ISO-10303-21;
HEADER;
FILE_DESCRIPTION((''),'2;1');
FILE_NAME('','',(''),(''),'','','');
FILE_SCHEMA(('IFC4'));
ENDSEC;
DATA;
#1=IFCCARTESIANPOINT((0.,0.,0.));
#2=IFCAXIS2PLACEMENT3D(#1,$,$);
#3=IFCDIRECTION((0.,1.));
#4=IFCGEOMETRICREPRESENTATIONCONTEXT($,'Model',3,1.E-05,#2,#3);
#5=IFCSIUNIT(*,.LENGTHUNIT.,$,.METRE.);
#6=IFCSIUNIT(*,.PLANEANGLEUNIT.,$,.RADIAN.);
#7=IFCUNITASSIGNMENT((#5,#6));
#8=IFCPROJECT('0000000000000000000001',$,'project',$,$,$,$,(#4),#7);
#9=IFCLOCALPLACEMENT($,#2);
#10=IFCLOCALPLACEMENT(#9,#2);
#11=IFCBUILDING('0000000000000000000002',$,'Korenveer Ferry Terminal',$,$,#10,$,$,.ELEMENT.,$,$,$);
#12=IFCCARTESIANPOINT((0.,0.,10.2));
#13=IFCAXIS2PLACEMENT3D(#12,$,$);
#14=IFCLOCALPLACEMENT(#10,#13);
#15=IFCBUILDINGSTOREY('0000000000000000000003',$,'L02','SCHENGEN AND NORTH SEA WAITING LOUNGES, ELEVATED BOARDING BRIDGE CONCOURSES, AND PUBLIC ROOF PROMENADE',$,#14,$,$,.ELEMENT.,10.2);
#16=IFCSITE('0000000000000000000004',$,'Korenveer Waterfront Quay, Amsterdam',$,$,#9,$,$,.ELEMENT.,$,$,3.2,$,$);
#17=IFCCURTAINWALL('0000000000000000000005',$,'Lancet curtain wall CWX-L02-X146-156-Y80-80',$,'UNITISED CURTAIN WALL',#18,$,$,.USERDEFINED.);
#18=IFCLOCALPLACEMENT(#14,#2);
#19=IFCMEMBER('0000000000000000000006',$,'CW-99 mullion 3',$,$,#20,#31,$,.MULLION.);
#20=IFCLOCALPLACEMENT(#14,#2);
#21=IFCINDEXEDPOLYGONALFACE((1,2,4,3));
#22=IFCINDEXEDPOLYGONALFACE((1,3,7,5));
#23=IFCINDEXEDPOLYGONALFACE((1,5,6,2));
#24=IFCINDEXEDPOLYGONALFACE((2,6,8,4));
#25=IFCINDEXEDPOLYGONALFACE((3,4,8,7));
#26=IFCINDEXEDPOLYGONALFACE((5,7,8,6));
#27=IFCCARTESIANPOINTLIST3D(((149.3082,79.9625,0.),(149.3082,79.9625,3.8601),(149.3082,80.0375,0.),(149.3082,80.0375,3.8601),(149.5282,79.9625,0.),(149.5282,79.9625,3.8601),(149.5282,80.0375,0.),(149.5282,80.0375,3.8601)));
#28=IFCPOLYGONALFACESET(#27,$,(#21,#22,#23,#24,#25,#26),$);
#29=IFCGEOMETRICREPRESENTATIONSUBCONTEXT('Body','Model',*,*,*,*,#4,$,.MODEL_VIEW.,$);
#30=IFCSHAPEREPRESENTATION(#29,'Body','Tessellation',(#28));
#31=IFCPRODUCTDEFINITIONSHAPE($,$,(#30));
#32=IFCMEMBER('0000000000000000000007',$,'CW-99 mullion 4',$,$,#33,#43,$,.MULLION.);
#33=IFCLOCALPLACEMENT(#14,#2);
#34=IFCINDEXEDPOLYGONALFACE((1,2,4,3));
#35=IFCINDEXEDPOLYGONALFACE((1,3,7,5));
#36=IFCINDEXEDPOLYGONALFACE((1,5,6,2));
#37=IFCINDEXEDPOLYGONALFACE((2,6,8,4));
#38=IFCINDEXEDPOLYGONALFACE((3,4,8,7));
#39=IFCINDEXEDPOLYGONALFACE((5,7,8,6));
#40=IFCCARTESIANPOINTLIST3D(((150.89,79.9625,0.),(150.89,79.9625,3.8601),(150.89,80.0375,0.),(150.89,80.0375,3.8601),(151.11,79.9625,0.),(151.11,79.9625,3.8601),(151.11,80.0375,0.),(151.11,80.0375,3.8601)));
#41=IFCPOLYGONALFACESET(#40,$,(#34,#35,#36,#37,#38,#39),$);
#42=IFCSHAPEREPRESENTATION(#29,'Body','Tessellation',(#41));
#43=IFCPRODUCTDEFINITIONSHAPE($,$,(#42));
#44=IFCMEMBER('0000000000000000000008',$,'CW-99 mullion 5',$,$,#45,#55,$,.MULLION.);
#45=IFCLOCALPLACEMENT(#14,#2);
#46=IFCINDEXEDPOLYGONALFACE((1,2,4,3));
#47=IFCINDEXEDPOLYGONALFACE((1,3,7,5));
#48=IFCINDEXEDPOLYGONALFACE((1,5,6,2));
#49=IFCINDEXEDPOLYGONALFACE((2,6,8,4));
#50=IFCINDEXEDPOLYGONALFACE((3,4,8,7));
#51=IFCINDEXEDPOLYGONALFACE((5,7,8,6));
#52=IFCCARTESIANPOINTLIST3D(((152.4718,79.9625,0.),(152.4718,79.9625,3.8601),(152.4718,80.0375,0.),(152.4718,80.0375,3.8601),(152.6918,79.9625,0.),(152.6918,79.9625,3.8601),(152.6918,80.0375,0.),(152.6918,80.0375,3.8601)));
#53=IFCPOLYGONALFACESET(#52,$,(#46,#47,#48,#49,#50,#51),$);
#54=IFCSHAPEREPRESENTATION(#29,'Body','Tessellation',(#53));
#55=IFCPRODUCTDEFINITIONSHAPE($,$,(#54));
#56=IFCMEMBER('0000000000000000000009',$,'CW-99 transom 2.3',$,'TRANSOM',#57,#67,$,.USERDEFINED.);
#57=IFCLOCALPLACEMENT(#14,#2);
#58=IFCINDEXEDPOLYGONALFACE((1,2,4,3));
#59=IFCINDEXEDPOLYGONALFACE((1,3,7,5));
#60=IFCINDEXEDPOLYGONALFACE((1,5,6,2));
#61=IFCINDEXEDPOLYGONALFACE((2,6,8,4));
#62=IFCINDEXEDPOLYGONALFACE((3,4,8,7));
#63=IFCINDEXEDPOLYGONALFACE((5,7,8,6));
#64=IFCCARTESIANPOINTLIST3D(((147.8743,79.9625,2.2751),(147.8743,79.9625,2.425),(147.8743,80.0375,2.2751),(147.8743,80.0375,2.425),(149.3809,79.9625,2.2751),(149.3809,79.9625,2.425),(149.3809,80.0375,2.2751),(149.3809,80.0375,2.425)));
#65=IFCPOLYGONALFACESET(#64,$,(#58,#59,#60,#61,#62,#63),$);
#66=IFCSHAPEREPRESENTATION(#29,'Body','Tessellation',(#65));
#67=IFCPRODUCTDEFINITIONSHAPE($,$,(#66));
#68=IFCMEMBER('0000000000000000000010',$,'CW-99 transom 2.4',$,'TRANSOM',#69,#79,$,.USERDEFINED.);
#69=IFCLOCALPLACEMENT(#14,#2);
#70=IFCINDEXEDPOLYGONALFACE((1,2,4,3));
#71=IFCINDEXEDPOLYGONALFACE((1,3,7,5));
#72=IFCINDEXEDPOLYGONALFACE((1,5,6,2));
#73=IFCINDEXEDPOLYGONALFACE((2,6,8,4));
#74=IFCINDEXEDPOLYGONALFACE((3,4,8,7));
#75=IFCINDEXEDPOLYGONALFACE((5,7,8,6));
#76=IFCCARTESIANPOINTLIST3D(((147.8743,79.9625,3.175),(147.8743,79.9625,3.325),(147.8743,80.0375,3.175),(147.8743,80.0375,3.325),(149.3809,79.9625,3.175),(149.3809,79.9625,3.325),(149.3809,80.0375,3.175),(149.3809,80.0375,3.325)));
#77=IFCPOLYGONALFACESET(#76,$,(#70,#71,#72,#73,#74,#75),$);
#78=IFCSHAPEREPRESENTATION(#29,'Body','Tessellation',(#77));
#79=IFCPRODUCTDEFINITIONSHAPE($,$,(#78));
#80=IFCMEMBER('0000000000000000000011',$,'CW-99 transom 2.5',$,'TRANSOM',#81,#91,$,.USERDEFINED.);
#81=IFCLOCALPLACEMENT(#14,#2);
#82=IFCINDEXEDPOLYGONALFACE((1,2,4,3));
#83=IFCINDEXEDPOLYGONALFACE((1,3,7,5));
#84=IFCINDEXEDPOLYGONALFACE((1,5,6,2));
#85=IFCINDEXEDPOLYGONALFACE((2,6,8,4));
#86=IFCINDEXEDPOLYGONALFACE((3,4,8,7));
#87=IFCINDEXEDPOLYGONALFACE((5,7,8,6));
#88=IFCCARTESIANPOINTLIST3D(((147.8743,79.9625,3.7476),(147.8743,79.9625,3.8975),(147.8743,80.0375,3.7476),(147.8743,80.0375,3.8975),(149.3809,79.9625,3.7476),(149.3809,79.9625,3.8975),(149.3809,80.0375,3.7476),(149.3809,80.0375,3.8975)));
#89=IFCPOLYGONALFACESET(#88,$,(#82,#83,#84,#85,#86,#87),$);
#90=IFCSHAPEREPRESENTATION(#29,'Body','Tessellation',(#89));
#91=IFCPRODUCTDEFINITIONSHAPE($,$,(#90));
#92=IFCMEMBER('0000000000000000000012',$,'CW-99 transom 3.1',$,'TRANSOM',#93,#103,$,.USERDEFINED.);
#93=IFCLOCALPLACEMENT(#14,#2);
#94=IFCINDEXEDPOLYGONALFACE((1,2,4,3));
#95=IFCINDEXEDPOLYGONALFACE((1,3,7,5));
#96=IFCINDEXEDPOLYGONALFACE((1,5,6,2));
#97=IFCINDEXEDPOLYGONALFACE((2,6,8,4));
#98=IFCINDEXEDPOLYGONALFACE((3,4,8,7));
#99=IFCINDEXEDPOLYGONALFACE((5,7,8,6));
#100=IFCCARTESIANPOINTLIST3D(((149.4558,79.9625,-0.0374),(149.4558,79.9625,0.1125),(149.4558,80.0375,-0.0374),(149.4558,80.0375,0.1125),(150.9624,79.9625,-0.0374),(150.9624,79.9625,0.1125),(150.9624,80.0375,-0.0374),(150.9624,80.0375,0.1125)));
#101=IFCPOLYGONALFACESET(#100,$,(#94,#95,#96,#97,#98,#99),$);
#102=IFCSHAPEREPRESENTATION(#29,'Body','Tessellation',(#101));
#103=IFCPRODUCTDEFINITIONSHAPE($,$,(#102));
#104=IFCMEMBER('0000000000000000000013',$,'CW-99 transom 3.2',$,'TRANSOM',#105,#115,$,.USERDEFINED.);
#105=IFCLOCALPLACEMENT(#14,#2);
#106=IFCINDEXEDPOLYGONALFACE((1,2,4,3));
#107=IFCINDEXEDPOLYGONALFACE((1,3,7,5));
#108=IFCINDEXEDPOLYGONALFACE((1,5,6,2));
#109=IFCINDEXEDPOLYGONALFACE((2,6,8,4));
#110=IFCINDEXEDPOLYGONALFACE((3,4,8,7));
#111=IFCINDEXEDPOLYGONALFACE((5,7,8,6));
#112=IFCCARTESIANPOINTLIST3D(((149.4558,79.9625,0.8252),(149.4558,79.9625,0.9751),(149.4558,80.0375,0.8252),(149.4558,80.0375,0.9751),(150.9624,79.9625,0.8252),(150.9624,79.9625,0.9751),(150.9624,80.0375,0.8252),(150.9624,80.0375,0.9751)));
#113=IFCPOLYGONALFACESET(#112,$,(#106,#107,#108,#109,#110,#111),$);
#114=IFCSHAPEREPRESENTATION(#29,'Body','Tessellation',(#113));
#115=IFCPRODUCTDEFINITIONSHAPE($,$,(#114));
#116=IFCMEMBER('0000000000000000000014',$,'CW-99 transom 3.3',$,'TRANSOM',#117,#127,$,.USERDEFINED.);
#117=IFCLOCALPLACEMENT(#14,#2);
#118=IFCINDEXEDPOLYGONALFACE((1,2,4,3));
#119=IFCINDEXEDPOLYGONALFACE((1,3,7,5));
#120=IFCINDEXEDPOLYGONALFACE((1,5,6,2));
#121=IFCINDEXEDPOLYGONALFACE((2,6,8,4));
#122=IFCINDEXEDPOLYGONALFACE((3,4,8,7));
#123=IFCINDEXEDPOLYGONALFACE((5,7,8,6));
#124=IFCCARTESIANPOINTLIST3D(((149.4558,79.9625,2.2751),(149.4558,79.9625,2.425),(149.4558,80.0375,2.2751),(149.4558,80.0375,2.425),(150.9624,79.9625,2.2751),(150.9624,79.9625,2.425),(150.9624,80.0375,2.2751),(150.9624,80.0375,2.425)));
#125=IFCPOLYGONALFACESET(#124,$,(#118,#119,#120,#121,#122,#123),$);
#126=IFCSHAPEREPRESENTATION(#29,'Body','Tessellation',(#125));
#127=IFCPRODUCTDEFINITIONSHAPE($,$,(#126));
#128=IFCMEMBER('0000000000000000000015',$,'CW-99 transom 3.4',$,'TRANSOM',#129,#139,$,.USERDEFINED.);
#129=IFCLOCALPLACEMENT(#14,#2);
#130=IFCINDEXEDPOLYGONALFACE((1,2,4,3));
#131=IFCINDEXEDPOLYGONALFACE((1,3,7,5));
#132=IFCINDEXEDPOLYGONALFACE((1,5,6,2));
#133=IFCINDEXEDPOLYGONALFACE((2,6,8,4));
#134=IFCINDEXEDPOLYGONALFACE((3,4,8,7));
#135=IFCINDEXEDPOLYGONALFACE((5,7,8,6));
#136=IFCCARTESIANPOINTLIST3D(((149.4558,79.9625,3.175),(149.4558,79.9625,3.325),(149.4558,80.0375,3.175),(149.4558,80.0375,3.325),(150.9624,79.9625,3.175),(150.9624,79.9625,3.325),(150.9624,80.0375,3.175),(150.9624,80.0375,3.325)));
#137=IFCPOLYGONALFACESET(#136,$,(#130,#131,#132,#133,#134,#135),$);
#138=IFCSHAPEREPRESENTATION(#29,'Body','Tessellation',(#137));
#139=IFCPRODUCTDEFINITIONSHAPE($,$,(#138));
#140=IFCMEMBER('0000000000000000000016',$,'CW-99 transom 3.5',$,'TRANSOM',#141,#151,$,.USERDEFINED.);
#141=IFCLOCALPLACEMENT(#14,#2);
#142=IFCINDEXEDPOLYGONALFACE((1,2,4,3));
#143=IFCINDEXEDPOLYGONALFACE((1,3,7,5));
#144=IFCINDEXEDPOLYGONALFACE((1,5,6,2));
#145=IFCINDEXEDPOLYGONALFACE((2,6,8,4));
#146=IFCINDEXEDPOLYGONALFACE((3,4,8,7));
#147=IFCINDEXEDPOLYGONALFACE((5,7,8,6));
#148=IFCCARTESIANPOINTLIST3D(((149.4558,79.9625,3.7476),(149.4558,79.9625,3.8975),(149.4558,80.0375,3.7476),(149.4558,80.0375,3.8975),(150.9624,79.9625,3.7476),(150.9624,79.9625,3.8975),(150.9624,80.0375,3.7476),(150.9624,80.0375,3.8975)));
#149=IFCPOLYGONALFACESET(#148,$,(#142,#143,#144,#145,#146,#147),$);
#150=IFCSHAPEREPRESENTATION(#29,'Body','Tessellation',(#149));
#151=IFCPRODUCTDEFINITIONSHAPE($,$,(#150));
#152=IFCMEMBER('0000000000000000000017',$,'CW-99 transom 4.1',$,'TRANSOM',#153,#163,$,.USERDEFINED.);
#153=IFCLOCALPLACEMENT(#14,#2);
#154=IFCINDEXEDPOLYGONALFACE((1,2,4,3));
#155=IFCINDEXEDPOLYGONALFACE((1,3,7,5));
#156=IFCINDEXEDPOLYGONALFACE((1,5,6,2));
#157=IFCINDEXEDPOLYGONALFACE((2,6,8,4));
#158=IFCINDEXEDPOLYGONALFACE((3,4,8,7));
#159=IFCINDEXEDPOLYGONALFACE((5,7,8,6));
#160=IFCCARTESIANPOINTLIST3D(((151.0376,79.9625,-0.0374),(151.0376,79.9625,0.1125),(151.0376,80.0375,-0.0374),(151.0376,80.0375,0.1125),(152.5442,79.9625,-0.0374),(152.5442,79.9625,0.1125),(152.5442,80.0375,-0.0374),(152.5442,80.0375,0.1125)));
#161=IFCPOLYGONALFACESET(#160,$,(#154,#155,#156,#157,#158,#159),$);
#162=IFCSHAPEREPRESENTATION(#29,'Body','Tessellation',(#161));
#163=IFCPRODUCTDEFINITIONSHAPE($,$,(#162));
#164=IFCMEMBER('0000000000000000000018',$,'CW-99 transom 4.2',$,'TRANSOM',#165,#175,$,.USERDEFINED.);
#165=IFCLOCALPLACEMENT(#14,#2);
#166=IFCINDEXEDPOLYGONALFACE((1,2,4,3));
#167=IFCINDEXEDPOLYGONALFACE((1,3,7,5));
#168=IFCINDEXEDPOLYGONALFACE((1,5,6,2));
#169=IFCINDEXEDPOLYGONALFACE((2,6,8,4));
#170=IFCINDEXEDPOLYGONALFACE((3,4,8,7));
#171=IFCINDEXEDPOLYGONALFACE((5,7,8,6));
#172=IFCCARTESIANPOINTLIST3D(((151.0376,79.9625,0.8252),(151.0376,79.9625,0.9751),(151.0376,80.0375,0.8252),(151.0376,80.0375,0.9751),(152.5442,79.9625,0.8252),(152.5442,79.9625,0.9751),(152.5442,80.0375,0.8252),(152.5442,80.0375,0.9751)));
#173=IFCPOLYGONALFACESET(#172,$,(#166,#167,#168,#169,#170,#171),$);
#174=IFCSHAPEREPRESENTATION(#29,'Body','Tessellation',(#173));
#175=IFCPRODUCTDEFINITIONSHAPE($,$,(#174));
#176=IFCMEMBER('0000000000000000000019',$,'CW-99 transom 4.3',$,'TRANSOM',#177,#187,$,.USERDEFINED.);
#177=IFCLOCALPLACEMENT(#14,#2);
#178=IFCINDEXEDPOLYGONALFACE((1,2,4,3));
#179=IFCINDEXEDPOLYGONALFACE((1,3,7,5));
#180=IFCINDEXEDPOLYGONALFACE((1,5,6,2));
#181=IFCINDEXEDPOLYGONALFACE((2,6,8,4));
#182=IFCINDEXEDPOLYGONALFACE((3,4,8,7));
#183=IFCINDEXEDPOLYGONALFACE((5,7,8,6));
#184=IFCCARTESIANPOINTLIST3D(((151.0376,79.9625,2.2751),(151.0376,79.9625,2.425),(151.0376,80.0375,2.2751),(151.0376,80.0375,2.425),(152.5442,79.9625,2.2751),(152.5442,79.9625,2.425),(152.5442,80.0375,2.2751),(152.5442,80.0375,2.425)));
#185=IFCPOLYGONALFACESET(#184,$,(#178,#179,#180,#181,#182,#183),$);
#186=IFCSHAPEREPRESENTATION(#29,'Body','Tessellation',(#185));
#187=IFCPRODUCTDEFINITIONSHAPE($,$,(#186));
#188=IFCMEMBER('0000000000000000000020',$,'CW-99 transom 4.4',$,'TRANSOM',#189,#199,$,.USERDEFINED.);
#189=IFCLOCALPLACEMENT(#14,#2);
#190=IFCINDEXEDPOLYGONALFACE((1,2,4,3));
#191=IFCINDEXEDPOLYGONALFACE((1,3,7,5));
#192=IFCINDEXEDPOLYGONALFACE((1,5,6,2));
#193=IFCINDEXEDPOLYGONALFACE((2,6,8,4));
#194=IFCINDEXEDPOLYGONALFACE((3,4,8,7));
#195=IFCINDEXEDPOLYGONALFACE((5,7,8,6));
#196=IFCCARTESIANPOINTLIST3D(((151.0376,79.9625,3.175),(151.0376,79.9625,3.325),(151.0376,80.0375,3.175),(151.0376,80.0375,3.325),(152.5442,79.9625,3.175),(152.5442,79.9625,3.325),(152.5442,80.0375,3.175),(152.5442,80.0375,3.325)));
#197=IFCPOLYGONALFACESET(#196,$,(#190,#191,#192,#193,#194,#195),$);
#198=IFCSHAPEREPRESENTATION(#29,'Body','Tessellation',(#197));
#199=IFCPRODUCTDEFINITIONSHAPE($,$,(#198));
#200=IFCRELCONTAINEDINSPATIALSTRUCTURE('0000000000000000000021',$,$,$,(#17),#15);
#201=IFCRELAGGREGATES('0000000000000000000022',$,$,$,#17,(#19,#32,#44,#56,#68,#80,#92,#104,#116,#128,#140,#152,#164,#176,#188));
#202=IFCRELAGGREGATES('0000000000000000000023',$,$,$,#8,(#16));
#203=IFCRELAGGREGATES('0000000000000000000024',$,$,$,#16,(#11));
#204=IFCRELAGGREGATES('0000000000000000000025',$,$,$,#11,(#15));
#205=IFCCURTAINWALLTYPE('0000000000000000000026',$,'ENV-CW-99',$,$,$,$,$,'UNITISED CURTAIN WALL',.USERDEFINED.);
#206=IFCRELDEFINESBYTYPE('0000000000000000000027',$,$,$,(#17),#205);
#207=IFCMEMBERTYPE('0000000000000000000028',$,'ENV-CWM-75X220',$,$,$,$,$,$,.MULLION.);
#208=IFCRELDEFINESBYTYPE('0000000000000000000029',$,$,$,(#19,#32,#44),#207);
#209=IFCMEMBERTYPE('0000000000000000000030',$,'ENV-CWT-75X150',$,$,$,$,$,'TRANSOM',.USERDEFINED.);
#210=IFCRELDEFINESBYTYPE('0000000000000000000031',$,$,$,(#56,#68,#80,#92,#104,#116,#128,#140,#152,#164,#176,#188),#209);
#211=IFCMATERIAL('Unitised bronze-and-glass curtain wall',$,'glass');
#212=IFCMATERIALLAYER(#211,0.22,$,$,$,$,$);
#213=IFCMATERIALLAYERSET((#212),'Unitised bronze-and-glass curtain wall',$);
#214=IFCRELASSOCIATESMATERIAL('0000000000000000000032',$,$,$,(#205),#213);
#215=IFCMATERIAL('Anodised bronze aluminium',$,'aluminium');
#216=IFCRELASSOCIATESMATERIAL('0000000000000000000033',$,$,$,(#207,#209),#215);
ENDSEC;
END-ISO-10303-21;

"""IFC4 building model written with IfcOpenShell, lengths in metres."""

from ifc_helpers import new_model, si_unit, direction, frame, origin, origin_2d, place, context, subcontext, project, spatial, rectangle, extrude, material, layer, layer_set, material_profile, profile_set, type_object, element, aggregate, save


model = new_model("IFC4")

# Units and contexts
model_context = context("Model", 3, precision=1e-05, world=origin(), true_north=direction((0.0, 1.0)))
body_context = subcontext(model_context, "Body", "Model", "MODEL_VIEW")
ifc_project = project(units=[si_unit("LENGTHUNIT", "METRE"), si_unit("PLANEANGLEUNIT", "RADIAN")], contexts=[model_context])

# Site, building, storey
site_placement = place(None, origin())
site = spatial("IfcSite", under=ifc_project, at=site_placement, Name="Korenveer Waterfront Quay, Amsterdam", CompositionType="ELEMENT", RefElevation=3.2)
building_placement = place(site_placement, origin())
building = spatial("IfcBuilding", under=site, at=building_placement, Name="Korenveer Ferry Terminal", CompositionType="ELEMENT")
storey_placement = place(building_placement, frame((0.0, 0.0, 10.2)))
storey = spatial("IfcBuildingStorey", under=building, at=storey_placement, Name="L02", Description="SCHENGEN AND NORTH SEA WAITING LOUNGES, ELEVATED BOARDING BRIDGE CONCOURSES, AND PUBLIC ROOF PROMENADE", CompositionType="ELEMENT", Elevation=10.2)

# Curtain wall, members
ifc_material_1 = material(Name="Unitised bronze-and-glass curtain wall", Category="glass")
ifc_layer_1 = layer(ifc_material_1, 0.22)
ifc_layer_set_1 = layer_set([ifc_layer_1], Name="Unitised bronze-and-glass curtain wall")
curtain_wall_type = type_object("IfcCurtainWallType", Name="ENV-CW-99", ElementType="UNITISED CURTAIN WALL", PredefinedType="USERDEFINED", material=ifc_layer_set_1)
curtain_wall_placement = place(storey_placement, frame((146.2549, 80.0, 0.0)))
curtain_wall = element("IfcCurtainWall", 1, at=curtain_wall_placement, inside=storey, type_object=curtain_wall_type, Name="Lancet curtain wall CWX-L02-X146-156-Y80-80", ObjectType="UNITISED CURTAIN WALL", PredefinedType="USERDEFINED")
ifc_material_2 = material(Name="Anodised bronze aluminium", Category="aluminium")
ifc_material_profile_1 = material_profile(ifc_material_2, rectangle(XDim=0.075, YDim=0.22, at=origin_2d()), Name="ALU 75x220")
ifc_profile_set_1 = profile_set([ifc_material_profile_1], Name="Anodised bronze aluminium")
member_type_1 = type_object("IfcMemberType", Name="ENV-CWM-75X220", PredefinedType="MULLION", material=ifc_profile_set_1)
member_1_placement = place(storey_placement, frame((149.4182, 80.0, 0.0), z_axis=(0.0, 0.0, 1.0), x_axis=(0.0, 1.0, 0.0)))
member_1 = element("IfcMember", 2, at=member_1_placement, type_object=member_type_1, Name="CW-99 mullion 3", PredefinedType="MULLION", context=body_context, shape_type="SweptSolid", body=[
    extrude(rectangle(XDim=0.075, YDim=0.22, at=origin_2d()), origin(), (0.0, 0.0, 1.0), 3.8601),
])
member_2_placement = place(storey_placement, frame((151.0, 80.0, 0.0), z_axis=(0.0, 0.0, 1.0), x_axis=(0.0, 1.0, 0.0)))
member_2 = element("IfcMember", 3, at=member_2_placement, type_object=member_type_1, Name="CW-99 mullion 4", PredefinedType="MULLION", context=body_context, shape_type="SweptSolid", body=[
    extrude(rectangle(XDim=0.075, YDim=0.22, at=origin_2d()), origin(), (0.0, 0.0, 1.0), 3.8601),
])
member_3_placement = place(storey_placement, frame((152.5818, 80.0, 0.0), z_axis=(0.0, 0.0, 1.0), x_axis=(0.0, 1.0, 0.0)))
member_3 = element("IfcMember", 4, at=member_3_placement, type_object=member_type_1, Name="CW-99 mullion 5", PredefinedType="MULLION", context=body_context, shape_type="SweptSolid", body=[
    extrude(rectangle(XDim=0.075, YDim=0.22, at=origin_2d()), origin(), (0.0, 0.0, 1.0), 3.8601),
])
ifc_material_profile_2 = material_profile(ifc_material_2, rectangle(XDim=0.075, YDim=0.1499, at=origin_2d()), Name="ALU 75x150")
ifc_profile_set_2 = profile_set([ifc_material_profile_2], Name="Anodised bronze aluminium")
member_type_2 = type_object("IfcMemberType", Name="ENV-CWT-75X150", ElementType="TRANSOM", PredefinedType="USERDEFINED", material=ifc_profile_set_2)
member_4_placement = place(storey_placement, frame((147.8743, 80.0, 2.3501), z_axis=(1.0, 0.0, 0.0), x_axis=(0.0, 1.0, 0.0)))
member_4 = element("IfcMember", 5, at=member_4_placement, type_object=member_type_2, Name="CW-99 transom 2.3", ObjectType="TRANSOM", PredefinedType="USERDEFINED", context=body_context, shape_type="SweptSolid", body=[
    extrude(rectangle(XDim=0.075, YDim=0.1499, at=origin_2d()), origin(), (0.0, 0.0, 1.0), 1.5066),
])
member_5_placement = place(storey_placement, frame((147.8743, 80.0, 3.25), z_axis=(1.0, 0.0, 0.0), x_axis=(0.0, 1.0, 0.0)))
member_5 = element("IfcMember", 6, at=member_5_placement, type_object=member_type_2, Name="CW-99 transom 2.4", ObjectType="TRANSOM", PredefinedType="USERDEFINED", context=body_context, shape_type="SweptSolid", body=[
    extrude(rectangle(XDim=0.075, YDim=0.1499, at=origin_2d()), origin(), (0.0, 0.0, 1.0), 1.5066),
])
member_6_placement = place(storey_placement, frame((147.8743, 80.0, 3.8225), z_axis=(1.0, 0.0, 0.0), x_axis=(0.0, 1.0, 0.0)))
member_6 = element("IfcMember", 7, at=member_6_placement, type_object=member_type_2, Name="CW-99 transom 2.5", ObjectType="TRANSOM", PredefinedType="USERDEFINED", context=body_context, shape_type="SweptSolid", body=[
    extrude(rectangle(XDim=0.075, YDim=0.1499, at=origin_2d()), origin(), (0.0, 0.0, 1.0), 1.5066),
])
member_7_placement = place(storey_placement, frame((149.4558, 80.0, 0.0376), z_axis=(1.0, 0.0, 0.0), x_axis=(0.0, 1.0, 0.0)))
member_7 = element("IfcMember", 8, at=member_7_placement, type_object=member_type_2, Name="CW-99 transom 3.1", ObjectType="TRANSOM", PredefinedType="USERDEFINED", context=body_context, shape_type="SweptSolid", body=[
    extrude(rectangle(XDim=0.075, YDim=0.1499, at=origin_2d()), origin(), (0.0, 0.0, 1.0), 1.5066),
])
member_8_placement = place(storey_placement, frame((149.4558, 80.0, 0.9001), z_axis=(1.0, 0.0, 0.0), x_axis=(0.0, 1.0, 0.0)))
member_8 = element("IfcMember", 9, at=member_8_placement, type_object=member_type_2, Name="CW-99 transom 3.2", ObjectType="TRANSOM", PredefinedType="USERDEFINED", context=body_context, shape_type="SweptSolid", body=[
    extrude(rectangle(XDim=0.075, YDim=0.1499, at=origin_2d()), origin(), (0.0, 0.0, 1.0), 1.5066),
])
member_9_placement = place(storey_placement, frame((149.4558, 80.0, 2.3501), z_axis=(1.0, 0.0, 0.0), x_axis=(0.0, 1.0, 0.0)))
member_9 = element("IfcMember", 10, at=member_9_placement, type_object=member_type_2, Name="CW-99 transom 3.3", ObjectType="TRANSOM", PredefinedType="USERDEFINED", context=body_context, shape_type="SweptSolid", body=[
    extrude(rectangle(XDim=0.075, YDim=0.1499, at=origin_2d()), origin(), (0.0, 0.0, 1.0), 1.5066),
])
member_10_placement = place(storey_placement, frame((149.4558, 80.0, 3.25), z_axis=(1.0, 0.0, 0.0), x_axis=(0.0, 1.0, 0.0)))
member_10 = element("IfcMember", 11, at=member_10_placement, type_object=member_type_2, Name="CW-99 transom 3.4", ObjectType="TRANSOM", PredefinedType="USERDEFINED", context=body_context, shape_type="SweptSolid", body=[
    extrude(rectangle(XDim=0.075, YDim=0.1499, at=origin_2d()), origin(), (0.0, 0.0, 1.0), 1.5066),
])
member_11_placement = place(storey_placement, frame((149.4558, 80.0, 3.8225), z_axis=(1.0, 0.0, 0.0), x_axis=(0.0, 1.0, 0.0)))
member_11 = element("IfcMember", 12, at=member_11_placement, type_object=member_type_2, Name="CW-99 transom 3.5", ObjectType="TRANSOM", PredefinedType="USERDEFINED", context=body_context, shape_type="SweptSolid", body=[
    extrude(rectangle(XDim=0.075, YDim=0.1499, at=origin_2d()), origin(), (0.0, 0.0, 1.0), 1.5066),
])
member_12_placement = place(storey_placement, frame((151.0376, 80.0, 0.0376), z_axis=(1.0, 0.0, 0.0), x_axis=(0.0, 1.0, 0.0)))
member_12 = element("IfcMember", 13, at=member_12_placement, type_object=member_type_2, Name="CW-99 transom 4.1", ObjectType="TRANSOM", PredefinedType="USERDEFINED", context=body_context, shape_type="SweptSolid", body=[
    extrude(rectangle(XDim=0.075, YDim=0.1499, at=origin_2d()), origin(), (0.0, 0.0, 1.0), 1.5066),
])
member_13_placement = place(storey_placement, frame((151.0376, 80.0, 0.9001), z_axis=(1.0, 0.0, 0.0), x_axis=(0.0, 1.0, 0.0)))
member_13 = element("IfcMember", 14, at=member_13_placement, type_object=member_type_2, Name="CW-99 transom 4.2", ObjectType="TRANSOM", PredefinedType="USERDEFINED", context=body_context, shape_type="SweptSolid", body=[
    extrude(rectangle(XDim=0.075, YDim=0.1499, at=origin_2d()), origin(), (0.0, 0.0, 1.0), 1.5066),
])
member_14_placement = place(storey_placement, frame((151.0376, 80.0, 2.3501), z_axis=(1.0, 0.0, 0.0), x_axis=(0.0, 1.0, 0.0)))
member_14 = element("IfcMember", 15, at=member_14_placement, type_object=member_type_2, Name="CW-99 transom 4.3", ObjectType="TRANSOM", PredefinedType="USERDEFINED", context=body_context, shape_type="SweptSolid", body=[
    extrude(rectangle(XDim=0.075, YDim=0.1499, at=origin_2d()), origin(), (0.0, 0.0, 1.0), 1.5066),
])
member_15_placement = place(storey_placement, frame((151.0376, 80.0, 3.25), z_axis=(1.0, 0.0, 0.0), x_axis=(0.0, 1.0, 0.0)))
member_15 = element("IfcMember", 16, at=member_15_placement, type_object=member_type_2, Name="CW-99 transom 4.4", ObjectType="TRANSOM", PredefinedType="USERDEFINED", context=body_context, shape_type="SweptSolid", body=[
    extrude(rectangle(XDim=0.075, YDim=0.1499, at=origin_2d()), origin(), (0.0, 0.0, 1.0), 1.5066),
])
aggregate(curtain_wall, [member_1, member_2, member_3, member_4, member_5, member_6, member_7, member_8, member_9, member_10, member_11, member_12, member_13, member_14, member_15])

save(model, "model.ifc")
